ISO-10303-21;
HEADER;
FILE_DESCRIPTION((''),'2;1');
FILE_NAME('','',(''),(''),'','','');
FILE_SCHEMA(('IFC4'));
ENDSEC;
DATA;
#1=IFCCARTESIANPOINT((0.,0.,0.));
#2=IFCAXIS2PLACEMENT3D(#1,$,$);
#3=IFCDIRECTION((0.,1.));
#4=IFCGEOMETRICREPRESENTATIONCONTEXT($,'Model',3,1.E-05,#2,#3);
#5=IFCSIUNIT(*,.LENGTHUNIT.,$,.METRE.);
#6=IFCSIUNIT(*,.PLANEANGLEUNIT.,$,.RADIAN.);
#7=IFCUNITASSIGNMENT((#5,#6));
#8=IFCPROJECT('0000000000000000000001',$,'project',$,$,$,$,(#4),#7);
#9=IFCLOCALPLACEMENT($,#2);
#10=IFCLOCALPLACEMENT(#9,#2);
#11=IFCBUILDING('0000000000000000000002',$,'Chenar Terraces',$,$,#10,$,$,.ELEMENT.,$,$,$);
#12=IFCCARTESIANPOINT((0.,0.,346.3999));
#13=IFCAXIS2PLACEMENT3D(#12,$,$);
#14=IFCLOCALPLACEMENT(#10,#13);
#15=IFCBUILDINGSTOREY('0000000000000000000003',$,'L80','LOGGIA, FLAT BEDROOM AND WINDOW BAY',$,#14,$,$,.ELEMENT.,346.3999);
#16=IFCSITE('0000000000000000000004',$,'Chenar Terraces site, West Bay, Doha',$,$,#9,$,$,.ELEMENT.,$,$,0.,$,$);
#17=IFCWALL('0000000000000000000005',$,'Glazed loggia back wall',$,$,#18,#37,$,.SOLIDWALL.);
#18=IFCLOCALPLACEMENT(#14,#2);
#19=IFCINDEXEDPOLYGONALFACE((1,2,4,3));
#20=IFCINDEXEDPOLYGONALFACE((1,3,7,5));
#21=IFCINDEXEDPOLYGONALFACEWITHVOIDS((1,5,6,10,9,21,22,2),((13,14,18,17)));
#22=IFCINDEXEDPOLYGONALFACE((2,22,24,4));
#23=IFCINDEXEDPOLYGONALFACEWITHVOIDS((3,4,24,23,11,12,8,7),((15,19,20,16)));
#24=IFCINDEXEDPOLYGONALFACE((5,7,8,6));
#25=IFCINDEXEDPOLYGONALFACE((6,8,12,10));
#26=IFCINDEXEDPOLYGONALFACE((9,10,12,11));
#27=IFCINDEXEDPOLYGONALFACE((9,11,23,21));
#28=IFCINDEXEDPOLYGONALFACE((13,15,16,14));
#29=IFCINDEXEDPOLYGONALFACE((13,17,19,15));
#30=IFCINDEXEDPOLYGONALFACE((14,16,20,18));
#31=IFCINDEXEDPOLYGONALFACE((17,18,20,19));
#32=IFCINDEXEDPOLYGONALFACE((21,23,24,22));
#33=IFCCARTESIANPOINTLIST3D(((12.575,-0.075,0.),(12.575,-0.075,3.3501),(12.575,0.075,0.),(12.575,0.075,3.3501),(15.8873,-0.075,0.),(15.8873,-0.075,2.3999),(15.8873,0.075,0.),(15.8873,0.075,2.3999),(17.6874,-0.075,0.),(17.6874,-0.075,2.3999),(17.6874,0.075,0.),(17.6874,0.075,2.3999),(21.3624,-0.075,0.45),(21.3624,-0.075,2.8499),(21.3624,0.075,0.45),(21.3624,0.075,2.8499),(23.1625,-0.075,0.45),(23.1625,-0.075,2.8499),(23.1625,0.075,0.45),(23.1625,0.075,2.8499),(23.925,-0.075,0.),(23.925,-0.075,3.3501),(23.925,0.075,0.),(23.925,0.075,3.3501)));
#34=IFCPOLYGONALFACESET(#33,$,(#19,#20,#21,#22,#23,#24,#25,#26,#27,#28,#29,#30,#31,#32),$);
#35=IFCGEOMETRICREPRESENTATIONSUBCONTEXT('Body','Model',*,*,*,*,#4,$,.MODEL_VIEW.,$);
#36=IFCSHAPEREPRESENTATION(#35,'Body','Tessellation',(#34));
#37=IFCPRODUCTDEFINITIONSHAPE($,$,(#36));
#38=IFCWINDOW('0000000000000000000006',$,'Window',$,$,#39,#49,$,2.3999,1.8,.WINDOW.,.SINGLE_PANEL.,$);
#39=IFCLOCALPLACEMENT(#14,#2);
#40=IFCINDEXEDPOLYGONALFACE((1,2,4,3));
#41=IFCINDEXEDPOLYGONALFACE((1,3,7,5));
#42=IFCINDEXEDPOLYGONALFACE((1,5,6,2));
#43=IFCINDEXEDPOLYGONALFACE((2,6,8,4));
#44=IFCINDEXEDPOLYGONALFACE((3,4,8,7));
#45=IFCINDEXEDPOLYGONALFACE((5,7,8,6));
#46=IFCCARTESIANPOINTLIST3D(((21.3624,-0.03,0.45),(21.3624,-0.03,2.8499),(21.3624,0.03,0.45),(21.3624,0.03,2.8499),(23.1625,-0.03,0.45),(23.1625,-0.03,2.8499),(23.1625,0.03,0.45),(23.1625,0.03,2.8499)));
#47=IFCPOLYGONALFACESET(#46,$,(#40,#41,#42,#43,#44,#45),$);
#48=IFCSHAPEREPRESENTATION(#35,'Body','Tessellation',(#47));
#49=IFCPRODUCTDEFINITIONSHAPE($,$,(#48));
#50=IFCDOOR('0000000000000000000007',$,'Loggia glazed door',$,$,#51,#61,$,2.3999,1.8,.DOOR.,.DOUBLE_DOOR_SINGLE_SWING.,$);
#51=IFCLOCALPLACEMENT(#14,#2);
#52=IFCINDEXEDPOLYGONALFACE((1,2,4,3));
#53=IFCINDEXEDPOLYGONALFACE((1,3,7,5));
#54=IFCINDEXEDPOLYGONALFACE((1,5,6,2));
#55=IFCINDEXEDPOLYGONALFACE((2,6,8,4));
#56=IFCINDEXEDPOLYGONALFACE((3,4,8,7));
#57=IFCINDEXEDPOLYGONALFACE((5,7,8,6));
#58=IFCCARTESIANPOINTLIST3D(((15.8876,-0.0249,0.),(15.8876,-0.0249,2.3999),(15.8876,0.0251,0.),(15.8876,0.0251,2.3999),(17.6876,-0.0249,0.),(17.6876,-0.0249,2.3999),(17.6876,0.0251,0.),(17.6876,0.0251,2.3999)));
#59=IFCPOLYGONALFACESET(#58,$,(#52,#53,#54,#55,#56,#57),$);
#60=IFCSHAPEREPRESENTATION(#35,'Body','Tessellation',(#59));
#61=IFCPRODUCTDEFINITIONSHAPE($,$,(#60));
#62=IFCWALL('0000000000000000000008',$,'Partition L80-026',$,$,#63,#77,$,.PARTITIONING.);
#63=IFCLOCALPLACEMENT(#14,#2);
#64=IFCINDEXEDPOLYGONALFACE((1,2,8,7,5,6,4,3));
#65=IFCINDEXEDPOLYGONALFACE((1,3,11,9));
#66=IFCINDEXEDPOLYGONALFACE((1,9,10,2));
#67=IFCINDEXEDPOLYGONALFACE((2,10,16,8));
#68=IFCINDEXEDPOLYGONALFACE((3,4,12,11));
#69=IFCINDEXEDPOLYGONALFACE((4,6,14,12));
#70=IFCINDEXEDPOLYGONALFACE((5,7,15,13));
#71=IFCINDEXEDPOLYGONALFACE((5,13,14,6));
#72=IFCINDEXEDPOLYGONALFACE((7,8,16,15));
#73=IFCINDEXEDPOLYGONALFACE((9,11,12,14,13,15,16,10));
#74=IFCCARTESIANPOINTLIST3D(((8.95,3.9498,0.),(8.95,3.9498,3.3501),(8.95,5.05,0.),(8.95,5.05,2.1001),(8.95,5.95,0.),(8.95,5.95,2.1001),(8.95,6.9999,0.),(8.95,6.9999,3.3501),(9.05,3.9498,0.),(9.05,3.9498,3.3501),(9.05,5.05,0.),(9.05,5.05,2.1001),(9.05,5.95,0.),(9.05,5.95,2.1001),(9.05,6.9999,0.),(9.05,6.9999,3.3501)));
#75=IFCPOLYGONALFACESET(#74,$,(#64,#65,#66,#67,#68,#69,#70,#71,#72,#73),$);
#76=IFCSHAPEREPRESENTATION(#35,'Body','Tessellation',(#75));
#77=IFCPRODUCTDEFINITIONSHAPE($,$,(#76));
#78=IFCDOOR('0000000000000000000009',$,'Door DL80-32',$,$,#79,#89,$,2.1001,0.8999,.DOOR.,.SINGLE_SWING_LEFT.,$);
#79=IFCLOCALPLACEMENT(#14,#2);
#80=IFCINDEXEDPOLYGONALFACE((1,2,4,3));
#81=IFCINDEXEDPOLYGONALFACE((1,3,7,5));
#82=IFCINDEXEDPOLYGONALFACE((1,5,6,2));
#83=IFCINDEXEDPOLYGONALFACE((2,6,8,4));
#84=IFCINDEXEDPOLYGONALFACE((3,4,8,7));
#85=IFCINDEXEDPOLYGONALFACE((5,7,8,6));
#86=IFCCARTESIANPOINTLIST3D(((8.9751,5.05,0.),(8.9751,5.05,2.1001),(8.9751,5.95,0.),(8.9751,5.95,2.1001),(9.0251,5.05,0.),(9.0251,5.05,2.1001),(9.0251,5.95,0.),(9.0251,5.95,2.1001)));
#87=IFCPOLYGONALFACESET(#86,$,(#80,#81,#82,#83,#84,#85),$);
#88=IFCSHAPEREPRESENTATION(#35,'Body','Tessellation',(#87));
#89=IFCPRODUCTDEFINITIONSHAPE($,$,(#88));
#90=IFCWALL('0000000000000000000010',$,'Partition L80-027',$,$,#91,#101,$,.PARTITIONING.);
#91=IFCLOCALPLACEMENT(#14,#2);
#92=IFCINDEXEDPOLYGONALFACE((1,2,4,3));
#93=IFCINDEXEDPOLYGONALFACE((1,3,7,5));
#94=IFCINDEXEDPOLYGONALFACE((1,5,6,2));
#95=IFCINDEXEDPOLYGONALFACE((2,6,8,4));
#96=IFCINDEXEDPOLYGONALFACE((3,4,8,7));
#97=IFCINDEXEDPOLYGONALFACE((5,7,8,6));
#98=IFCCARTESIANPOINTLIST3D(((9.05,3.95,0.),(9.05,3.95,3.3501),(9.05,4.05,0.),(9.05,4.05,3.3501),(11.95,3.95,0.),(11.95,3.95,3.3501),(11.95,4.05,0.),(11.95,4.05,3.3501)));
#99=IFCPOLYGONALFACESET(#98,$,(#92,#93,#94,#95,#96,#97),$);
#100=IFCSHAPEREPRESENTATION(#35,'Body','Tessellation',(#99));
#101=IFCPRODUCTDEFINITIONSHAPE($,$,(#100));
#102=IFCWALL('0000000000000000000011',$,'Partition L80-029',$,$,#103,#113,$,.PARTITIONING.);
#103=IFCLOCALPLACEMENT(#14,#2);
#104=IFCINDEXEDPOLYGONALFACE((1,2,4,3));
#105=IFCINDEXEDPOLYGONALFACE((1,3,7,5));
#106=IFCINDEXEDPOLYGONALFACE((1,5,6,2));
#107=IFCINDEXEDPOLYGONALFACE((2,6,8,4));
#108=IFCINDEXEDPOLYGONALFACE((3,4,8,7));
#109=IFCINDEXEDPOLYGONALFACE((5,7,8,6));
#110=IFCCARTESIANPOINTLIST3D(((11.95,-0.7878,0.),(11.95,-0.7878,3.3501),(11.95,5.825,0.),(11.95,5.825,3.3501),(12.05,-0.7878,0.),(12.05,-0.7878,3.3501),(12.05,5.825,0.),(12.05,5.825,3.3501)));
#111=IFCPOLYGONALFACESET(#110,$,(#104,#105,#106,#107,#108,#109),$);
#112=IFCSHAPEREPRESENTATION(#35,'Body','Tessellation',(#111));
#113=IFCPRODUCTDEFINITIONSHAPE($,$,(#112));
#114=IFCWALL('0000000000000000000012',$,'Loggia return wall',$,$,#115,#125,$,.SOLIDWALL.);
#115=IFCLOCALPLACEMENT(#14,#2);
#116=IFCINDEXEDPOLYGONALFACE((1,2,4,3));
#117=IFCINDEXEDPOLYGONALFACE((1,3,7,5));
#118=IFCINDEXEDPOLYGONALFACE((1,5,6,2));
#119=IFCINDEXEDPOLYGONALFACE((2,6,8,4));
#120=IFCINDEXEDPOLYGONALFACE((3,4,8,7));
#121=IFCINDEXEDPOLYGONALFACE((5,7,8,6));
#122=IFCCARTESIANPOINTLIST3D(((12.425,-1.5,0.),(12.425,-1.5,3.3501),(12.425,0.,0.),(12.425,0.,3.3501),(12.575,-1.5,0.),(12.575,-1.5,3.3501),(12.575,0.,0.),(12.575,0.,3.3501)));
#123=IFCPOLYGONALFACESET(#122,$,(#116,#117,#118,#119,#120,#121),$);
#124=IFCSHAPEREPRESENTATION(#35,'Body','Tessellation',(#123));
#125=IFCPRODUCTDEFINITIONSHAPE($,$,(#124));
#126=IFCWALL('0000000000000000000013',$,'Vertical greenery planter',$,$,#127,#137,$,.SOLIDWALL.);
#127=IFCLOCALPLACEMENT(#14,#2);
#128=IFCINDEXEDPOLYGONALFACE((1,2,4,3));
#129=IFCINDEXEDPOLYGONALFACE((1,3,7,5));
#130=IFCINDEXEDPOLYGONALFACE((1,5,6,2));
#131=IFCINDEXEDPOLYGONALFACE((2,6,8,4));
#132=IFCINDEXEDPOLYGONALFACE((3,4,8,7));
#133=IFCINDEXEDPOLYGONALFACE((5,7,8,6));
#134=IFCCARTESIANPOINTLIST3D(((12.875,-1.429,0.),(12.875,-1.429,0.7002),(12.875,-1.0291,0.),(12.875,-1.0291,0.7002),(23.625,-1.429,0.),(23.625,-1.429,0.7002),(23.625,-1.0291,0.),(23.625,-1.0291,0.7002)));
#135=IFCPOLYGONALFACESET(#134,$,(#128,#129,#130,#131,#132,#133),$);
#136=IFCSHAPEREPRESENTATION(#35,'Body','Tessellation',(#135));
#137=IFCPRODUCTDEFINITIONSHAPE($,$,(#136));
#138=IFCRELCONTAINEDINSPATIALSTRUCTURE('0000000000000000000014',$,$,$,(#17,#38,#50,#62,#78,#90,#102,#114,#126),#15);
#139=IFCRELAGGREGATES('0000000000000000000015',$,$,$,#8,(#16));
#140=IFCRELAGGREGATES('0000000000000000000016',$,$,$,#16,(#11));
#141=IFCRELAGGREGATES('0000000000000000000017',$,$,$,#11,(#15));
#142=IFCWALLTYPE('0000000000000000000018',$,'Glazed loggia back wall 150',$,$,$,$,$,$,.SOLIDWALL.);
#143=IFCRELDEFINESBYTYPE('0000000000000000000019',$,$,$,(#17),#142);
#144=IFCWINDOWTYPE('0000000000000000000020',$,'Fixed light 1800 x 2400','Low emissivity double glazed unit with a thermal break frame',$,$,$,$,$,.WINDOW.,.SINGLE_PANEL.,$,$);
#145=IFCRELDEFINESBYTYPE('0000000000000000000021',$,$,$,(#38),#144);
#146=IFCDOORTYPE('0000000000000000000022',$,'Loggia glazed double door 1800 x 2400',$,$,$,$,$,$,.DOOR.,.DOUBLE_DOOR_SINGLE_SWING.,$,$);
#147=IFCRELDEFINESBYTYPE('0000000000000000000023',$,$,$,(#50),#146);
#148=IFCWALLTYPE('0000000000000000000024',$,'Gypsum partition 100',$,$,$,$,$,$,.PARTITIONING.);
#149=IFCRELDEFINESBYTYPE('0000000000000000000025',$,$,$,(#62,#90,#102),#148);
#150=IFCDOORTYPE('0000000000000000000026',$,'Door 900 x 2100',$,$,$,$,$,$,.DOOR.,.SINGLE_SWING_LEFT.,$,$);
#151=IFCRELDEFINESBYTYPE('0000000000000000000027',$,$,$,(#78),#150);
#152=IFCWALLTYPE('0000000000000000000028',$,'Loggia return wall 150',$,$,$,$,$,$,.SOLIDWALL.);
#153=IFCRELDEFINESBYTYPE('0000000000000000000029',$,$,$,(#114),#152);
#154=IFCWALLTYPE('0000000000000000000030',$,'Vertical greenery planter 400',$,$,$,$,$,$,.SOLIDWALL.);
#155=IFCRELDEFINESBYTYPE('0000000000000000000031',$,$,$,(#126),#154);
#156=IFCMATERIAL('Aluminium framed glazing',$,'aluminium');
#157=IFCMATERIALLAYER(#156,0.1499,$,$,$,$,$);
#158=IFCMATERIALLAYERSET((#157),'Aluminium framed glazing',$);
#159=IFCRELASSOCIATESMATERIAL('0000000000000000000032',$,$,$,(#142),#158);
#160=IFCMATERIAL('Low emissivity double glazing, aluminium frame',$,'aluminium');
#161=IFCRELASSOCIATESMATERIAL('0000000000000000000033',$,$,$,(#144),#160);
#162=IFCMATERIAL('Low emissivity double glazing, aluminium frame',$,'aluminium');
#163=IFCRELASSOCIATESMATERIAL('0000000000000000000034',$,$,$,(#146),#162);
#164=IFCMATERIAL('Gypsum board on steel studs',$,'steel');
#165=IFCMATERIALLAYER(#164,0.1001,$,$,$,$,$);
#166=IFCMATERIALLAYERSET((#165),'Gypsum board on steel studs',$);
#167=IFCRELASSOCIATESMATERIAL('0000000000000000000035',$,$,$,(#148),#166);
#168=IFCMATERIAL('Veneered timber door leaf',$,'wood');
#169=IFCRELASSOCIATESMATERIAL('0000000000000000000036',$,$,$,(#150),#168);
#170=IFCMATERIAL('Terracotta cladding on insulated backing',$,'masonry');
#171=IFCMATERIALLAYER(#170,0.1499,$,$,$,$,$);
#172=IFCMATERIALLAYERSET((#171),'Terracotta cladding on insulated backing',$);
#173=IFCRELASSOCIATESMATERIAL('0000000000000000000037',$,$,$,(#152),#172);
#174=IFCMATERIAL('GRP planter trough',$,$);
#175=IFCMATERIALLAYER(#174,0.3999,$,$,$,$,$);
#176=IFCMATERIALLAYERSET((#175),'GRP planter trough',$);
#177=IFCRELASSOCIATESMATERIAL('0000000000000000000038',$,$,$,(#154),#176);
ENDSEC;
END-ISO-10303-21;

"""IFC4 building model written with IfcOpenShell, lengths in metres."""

from ifc_helpers import new_model, si_unit, direction, frame, frame_2d, origin, place, context, subcontext, project, spatial, rectangle, extrude, material, layer, layer_set, type_object, element, fill, save


model = new_model("IFC4")

# Units and contexts
model_context = context("Model", 3, precision=1e-05, world=origin(), true_north=direction((0.0, 1.0)))
body_context = subcontext(model_context, "Body", "Model", "MODEL_VIEW")
ifc_project = project(units=[si_unit("LENGTHUNIT", "METRE"), si_unit("PLANEANGLEUNIT", "RADIAN")], contexts=[model_context])

# Site, building, storey
site_placement = place(None, origin())
site = spatial("IfcSite", under=ifc_project, at=site_placement, Name="Chenar Terraces site, West Bay, Doha", CompositionType="ELEMENT", RefElevation=0.0)
building_placement = place(site_placement, origin())
building = spatial("IfcBuilding", under=site, at=building_placement, Name="Chenar Terraces", CompositionType="ELEMENT")
storey_placement = place(building_placement, frame((0.0, 0.0, 346.3999)))
storey = spatial("IfcBuildingStorey", under=building, at=storey_placement, Name="L80", Description="LOGGIA, FLAT BEDROOM AND WINDOW BAY", CompositionType="ELEMENT", Elevation=346.3999)

# Wall, openings, window, door
ifc_material_1 = material(Name="Aluminium framed glazing", Category="aluminium")
ifc_layer_1 = layer(ifc_material_1, 0.1499)
ifc_layer_set_1 = layer_set([ifc_layer_1], Name="Aluminium framed glazing")
wall_type_1 = type_object("IfcWallType", Name="Glazed loggia back wall 150", PredefinedType="SOLIDWALL", material=ifc_layer_set_1)
wall_1_placement = place(storey_placement, frame((12.575, 0.0, 0.0), z_axis=(0.0, 0.0, 1.0), x_axis=(1.0, 0.0, 0.0)))
wall_1 = element("IfcWall", 1, at=wall_1_placement, inside=storey, type_object=wall_type_1, Name="Glazed loggia back wall", PredefinedType="SOLIDWALL", context=body_context, shape_type="SweptSolid", body=[
    extrude(rectangle(XDim=11.3501, YDim=0.1499, at=frame_2d((5.675, 0.0))), origin(), (0.0, 0.0, 1.0), 3.3501),
])
opening_1_placement = place(wall_1_placement, frame((3.3125, 0.0, 0.0)))
opening_1 = element("IfcOpeningElement", 2, at=opening_1_placement, cuts=wall_1, PredefinedType="OPENING", context=body_context, shape_type="SweptSolid", body=[
    extrude(rectangle(XDim=1.8, YDim=2.3999, at=frame_2d((0.8999, 1.2))), frame((0.0, 0.085, 0.0), z_axis=(0.0, -1.0, 0.0), x_axis=(1.0, 0.0, 0.0)), (0.0, 0.0, 1.0), 0.1699),
])
opening_2_placement = place(wall_1_placement, frame((8.7876, 0.0, 0.45)))
opening_2 = element("IfcOpeningElement", 3, at=opening_2_placement, cuts=wall_1, PredefinedType="OPENING", context=body_context, shape_type="SweptSolid", body=[
    extrude(rectangle(XDim=1.8, YDim=2.3999, at=frame_2d((0.8999, 1.2))), frame((0.0, 0.085, 0.0), z_axis=(0.0, -1.0, 0.0), x_axis=(1.0, 0.0, 0.0)), (0.0, 0.0, 1.0), 0.1699),
])
ifc_material_2 = material(Name="Low emissivity double glazing, aluminium frame", Category="aluminium")
window_type = type_object("IfcWindowType", Name="Fixed light 1800 x 2400", Description="Low emissivity double glazed unit with a thermal break frame", PartitioningType="SINGLE_PANEL", PredefinedType="WINDOW", material=ifc_material_2)
window_placement = place(opening_2_placement, origin())
window = element("IfcWindow", 4, at=window_placement, inside=storey, type_object=window_type, Name="Window", OverallHeight=2.3999, OverallWidth=1.8, PartitioningType="SINGLE_PANEL", PredefinedType="WINDOW", context=body_context, shape_type="SweptSolid", body=[
    extrude(rectangle(XDim=1.8, YDim=2.3999, at=frame_2d((0.8999, 1.2))), frame((0.0, 0.03, 0.0), z_axis=(0.0, -1.0, 0.0), x_axis=(1.0, 0.0, 0.0)), (0.0, 0.0, 1.0), 0.0601),
])
fill(opening_2, window)
ifc_material_3 = material(Name="Low emissivity double glazing, aluminium frame", Category="aluminium")
door_type_1 = type_object("IfcDoorType", Name="Loggia glazed double door 1800 x 2400", OperationType="DOUBLE_DOOR_SINGLE_SWING", PredefinedType="DOOR", material=ifc_material_3)
door_1_placement = place(opening_1_placement, frame((1.8, 0.0, 0.0), z_axis=(0.0, 0.0, 1.0), x_axis=(-1.0, 0.0, 0.0)))
door_1 = element("IfcDoor", 5, at=door_1_placement, inside=storey, type_object=door_type_1, Name="Loggia glazed door", OperationType="DOUBLE_DOOR_SINGLE_SWING", OverallHeight=2.3999, OverallWidth=1.8, PredefinedType="DOOR", context=body_context, shape_type="SweptSolid", body=[
    extrude(rectangle(XDim=1.8, YDim=2.3999, at=frame_2d((0.8999, 1.2))), frame((0.0, 0.0249, 0.0), z_axis=(0.0, -1.0, 0.0), x_axis=(1.0, 0.0, 0.0)), (0.0, 0.0, 1.0), 0.05),
])
fill(opening_1, door_1)

# Wall, opening, door
ifc_material_4 = material(Name="Gypsum board on steel studs", Category="steel")
ifc_layer_2 = layer(ifc_material_4, 0.1001)
ifc_layer_set_2 = layer_set([ifc_layer_2], Name="Gypsum board on steel studs")
wall_type_2 = type_object("IfcWallType", Name="Gypsum partition 100", PredefinedType="PARTITIONING", material=ifc_layer_set_2)
wall_2_placement = place(storey_placement, frame((9.0, 3.95, 0.0), z_axis=(0.0, 0.0, 1.0), x_axis=(0.0, 1.0, 0.0)))
wall_2 = element("IfcWall", 6, at=wall_2_placement, inside=storey, type_object=wall_type_2, Name="Partition L80-026", PredefinedType="PARTITIONING", context=body_context, shape_type="SweptSolid", body=[
    extrude(rectangle(XDim=3.05, YDim=0.1001, at=frame_2d((1.5249, 0.0))), origin(), (0.0, 0.0, 1.0), 3.3501),
])
opening_3_placement = place(wall_2_placement, frame((1.1001, 0.0, 0.0)))
opening_3 = element("IfcOpeningElement", 7, at=opening_3_placement, cuts=wall_2, PredefinedType="OPENING", context=body_context, shape_type="SweptSolid", body=[
    extrude(rectangle(XDim=0.8999, YDim=2.1001, at=frame_2d((0.45, 1.05))), frame((0.0, 0.0601, 0.0), z_axis=(0.0, -1.0, 0.0), x_axis=(1.0, 0.0, 0.0)), (0.0, 0.0, 1.0), 0.1201),
])
ifc_material_5 = material(Name="Veneered timber door leaf", Category="wood")
door_type_2 = type_object("IfcDoorType", Name="Door 900 x 2100", OperationType="SINGLE_SWING_LEFT", PredefinedType="DOOR", material=ifc_material_5)
door_2_placement = place(opening_3_placement, origin())
door_2 = element("IfcDoor", 8, at=door_2_placement, inside=storey, type_object=door_type_2, Name="Door DL80-32", OperationType="SINGLE_SWING_LEFT", OverallHeight=2.1001, OverallWidth=0.8999, PredefinedType="DOOR", context=body_context, shape_type="SweptSolid", body=[
    extrude(rectangle(XDim=0.8999, YDim=2.1001, at=frame_2d((0.45, 1.05))), frame((0.0, 0.0249, 0.0), z_axis=(0.0, -1.0, 0.0), x_axis=(1.0, 0.0, 0.0)), (0.0, 0.0, 1.0), 0.05),
])
fill(opening_3, door_2)

# Walls
wall_3_placement = place(storey_placement, frame((9.05, 4.0, 0.0), z_axis=(0.0, 0.0, 1.0), x_axis=(1.0, 0.0, 0.0)))
element("IfcWall", 9, at=wall_3_placement, inside=storey, type_object=wall_type_2, Name="Partition L80-027", PredefinedType="PARTITIONING", context=body_context, shape_type="SweptSolid", body=[
    extrude(rectangle(XDim=2.8999, YDim=0.1001, at=frame_2d((1.45, 0.0))), origin(), (0.0, 0.0, 1.0), 3.3501),
])
wall_4_placement = place(storey_placement, frame((12.0, -0.7878, 0.0), z_axis=(0.0, 0.0, 1.0), x_axis=(0.0, 1.0, 0.0)))
element("IfcWall", 10, at=wall_4_placement, inside=storey, type_object=wall_type_2, Name="Partition L80-029", PredefinedType="PARTITIONING", context=body_context, shape_type="SweptSolid", body=[
    extrude(rectangle(XDim=6.6128, YDim=0.1001, at=frame_2d((3.3064, 0.0))), origin(), (0.0, 0.0, 1.0), 3.3501),
])
ifc_material_6 = material(Name="Terracotta cladding on insulated backing", Category="masonry")
ifc_layer_3 = layer(ifc_material_6, 0.1499)
ifc_layer_set_3 = layer_set([ifc_layer_3], Name="Terracotta cladding on insulated backing")
wall_type_3 = type_object("IfcWallType", Name="Loggia return wall 150", PredefinedType="SOLIDWALL", material=ifc_layer_set_3)
wall_5_placement = place(storey_placement, frame((12.5, -1.5, 0.0), z_axis=(0.0, 0.0, 1.0), x_axis=(0.0, 1.0, 0.0)))
element("IfcWall", 11, at=wall_5_placement, inside=storey, type_object=wall_type_3, Name="Loggia return wall", PredefinedType="SOLIDWALL", context=body_context, shape_type="SweptSolid", body=[
    extrude(rectangle(XDim=1.5, YDim=0.1499, at=frame_2d((0.75, 0.0))), origin(), (0.0, 0.0, 1.0), 3.3501),
])
ifc_material_7 = material(Name="GRP planter trough")
ifc_layer_4 = layer(ifc_material_7, 0.3999)
ifc_layer_set_4 = layer_set([ifc_layer_4], Name="GRP planter trough")
wall_type_4 = type_object("IfcWallType", Name="Vertical greenery planter 400", PredefinedType="SOLIDWALL", material=ifc_layer_set_4)
wall_6_placement = place(storey_placement, frame((12.875, -1.229, 0.0), z_axis=(0.0, 0.0, 1.0), x_axis=(1.0, 0.0, 0.0)))
element("IfcWall", 12, at=wall_6_placement, inside=storey, type_object=wall_type_4, Name="Vertical greenery planter", PredefinedType="SOLIDWALL", context=body_context, shape_type="SweptSolid", body=[
    extrude(rectangle(XDim=10.75, YDim=0.3999, at=frame_2d((5.375, 0.0))), origin(), (0.0, 0.0, 1.0), 0.7002),
])

save(model, "model.ifc")
